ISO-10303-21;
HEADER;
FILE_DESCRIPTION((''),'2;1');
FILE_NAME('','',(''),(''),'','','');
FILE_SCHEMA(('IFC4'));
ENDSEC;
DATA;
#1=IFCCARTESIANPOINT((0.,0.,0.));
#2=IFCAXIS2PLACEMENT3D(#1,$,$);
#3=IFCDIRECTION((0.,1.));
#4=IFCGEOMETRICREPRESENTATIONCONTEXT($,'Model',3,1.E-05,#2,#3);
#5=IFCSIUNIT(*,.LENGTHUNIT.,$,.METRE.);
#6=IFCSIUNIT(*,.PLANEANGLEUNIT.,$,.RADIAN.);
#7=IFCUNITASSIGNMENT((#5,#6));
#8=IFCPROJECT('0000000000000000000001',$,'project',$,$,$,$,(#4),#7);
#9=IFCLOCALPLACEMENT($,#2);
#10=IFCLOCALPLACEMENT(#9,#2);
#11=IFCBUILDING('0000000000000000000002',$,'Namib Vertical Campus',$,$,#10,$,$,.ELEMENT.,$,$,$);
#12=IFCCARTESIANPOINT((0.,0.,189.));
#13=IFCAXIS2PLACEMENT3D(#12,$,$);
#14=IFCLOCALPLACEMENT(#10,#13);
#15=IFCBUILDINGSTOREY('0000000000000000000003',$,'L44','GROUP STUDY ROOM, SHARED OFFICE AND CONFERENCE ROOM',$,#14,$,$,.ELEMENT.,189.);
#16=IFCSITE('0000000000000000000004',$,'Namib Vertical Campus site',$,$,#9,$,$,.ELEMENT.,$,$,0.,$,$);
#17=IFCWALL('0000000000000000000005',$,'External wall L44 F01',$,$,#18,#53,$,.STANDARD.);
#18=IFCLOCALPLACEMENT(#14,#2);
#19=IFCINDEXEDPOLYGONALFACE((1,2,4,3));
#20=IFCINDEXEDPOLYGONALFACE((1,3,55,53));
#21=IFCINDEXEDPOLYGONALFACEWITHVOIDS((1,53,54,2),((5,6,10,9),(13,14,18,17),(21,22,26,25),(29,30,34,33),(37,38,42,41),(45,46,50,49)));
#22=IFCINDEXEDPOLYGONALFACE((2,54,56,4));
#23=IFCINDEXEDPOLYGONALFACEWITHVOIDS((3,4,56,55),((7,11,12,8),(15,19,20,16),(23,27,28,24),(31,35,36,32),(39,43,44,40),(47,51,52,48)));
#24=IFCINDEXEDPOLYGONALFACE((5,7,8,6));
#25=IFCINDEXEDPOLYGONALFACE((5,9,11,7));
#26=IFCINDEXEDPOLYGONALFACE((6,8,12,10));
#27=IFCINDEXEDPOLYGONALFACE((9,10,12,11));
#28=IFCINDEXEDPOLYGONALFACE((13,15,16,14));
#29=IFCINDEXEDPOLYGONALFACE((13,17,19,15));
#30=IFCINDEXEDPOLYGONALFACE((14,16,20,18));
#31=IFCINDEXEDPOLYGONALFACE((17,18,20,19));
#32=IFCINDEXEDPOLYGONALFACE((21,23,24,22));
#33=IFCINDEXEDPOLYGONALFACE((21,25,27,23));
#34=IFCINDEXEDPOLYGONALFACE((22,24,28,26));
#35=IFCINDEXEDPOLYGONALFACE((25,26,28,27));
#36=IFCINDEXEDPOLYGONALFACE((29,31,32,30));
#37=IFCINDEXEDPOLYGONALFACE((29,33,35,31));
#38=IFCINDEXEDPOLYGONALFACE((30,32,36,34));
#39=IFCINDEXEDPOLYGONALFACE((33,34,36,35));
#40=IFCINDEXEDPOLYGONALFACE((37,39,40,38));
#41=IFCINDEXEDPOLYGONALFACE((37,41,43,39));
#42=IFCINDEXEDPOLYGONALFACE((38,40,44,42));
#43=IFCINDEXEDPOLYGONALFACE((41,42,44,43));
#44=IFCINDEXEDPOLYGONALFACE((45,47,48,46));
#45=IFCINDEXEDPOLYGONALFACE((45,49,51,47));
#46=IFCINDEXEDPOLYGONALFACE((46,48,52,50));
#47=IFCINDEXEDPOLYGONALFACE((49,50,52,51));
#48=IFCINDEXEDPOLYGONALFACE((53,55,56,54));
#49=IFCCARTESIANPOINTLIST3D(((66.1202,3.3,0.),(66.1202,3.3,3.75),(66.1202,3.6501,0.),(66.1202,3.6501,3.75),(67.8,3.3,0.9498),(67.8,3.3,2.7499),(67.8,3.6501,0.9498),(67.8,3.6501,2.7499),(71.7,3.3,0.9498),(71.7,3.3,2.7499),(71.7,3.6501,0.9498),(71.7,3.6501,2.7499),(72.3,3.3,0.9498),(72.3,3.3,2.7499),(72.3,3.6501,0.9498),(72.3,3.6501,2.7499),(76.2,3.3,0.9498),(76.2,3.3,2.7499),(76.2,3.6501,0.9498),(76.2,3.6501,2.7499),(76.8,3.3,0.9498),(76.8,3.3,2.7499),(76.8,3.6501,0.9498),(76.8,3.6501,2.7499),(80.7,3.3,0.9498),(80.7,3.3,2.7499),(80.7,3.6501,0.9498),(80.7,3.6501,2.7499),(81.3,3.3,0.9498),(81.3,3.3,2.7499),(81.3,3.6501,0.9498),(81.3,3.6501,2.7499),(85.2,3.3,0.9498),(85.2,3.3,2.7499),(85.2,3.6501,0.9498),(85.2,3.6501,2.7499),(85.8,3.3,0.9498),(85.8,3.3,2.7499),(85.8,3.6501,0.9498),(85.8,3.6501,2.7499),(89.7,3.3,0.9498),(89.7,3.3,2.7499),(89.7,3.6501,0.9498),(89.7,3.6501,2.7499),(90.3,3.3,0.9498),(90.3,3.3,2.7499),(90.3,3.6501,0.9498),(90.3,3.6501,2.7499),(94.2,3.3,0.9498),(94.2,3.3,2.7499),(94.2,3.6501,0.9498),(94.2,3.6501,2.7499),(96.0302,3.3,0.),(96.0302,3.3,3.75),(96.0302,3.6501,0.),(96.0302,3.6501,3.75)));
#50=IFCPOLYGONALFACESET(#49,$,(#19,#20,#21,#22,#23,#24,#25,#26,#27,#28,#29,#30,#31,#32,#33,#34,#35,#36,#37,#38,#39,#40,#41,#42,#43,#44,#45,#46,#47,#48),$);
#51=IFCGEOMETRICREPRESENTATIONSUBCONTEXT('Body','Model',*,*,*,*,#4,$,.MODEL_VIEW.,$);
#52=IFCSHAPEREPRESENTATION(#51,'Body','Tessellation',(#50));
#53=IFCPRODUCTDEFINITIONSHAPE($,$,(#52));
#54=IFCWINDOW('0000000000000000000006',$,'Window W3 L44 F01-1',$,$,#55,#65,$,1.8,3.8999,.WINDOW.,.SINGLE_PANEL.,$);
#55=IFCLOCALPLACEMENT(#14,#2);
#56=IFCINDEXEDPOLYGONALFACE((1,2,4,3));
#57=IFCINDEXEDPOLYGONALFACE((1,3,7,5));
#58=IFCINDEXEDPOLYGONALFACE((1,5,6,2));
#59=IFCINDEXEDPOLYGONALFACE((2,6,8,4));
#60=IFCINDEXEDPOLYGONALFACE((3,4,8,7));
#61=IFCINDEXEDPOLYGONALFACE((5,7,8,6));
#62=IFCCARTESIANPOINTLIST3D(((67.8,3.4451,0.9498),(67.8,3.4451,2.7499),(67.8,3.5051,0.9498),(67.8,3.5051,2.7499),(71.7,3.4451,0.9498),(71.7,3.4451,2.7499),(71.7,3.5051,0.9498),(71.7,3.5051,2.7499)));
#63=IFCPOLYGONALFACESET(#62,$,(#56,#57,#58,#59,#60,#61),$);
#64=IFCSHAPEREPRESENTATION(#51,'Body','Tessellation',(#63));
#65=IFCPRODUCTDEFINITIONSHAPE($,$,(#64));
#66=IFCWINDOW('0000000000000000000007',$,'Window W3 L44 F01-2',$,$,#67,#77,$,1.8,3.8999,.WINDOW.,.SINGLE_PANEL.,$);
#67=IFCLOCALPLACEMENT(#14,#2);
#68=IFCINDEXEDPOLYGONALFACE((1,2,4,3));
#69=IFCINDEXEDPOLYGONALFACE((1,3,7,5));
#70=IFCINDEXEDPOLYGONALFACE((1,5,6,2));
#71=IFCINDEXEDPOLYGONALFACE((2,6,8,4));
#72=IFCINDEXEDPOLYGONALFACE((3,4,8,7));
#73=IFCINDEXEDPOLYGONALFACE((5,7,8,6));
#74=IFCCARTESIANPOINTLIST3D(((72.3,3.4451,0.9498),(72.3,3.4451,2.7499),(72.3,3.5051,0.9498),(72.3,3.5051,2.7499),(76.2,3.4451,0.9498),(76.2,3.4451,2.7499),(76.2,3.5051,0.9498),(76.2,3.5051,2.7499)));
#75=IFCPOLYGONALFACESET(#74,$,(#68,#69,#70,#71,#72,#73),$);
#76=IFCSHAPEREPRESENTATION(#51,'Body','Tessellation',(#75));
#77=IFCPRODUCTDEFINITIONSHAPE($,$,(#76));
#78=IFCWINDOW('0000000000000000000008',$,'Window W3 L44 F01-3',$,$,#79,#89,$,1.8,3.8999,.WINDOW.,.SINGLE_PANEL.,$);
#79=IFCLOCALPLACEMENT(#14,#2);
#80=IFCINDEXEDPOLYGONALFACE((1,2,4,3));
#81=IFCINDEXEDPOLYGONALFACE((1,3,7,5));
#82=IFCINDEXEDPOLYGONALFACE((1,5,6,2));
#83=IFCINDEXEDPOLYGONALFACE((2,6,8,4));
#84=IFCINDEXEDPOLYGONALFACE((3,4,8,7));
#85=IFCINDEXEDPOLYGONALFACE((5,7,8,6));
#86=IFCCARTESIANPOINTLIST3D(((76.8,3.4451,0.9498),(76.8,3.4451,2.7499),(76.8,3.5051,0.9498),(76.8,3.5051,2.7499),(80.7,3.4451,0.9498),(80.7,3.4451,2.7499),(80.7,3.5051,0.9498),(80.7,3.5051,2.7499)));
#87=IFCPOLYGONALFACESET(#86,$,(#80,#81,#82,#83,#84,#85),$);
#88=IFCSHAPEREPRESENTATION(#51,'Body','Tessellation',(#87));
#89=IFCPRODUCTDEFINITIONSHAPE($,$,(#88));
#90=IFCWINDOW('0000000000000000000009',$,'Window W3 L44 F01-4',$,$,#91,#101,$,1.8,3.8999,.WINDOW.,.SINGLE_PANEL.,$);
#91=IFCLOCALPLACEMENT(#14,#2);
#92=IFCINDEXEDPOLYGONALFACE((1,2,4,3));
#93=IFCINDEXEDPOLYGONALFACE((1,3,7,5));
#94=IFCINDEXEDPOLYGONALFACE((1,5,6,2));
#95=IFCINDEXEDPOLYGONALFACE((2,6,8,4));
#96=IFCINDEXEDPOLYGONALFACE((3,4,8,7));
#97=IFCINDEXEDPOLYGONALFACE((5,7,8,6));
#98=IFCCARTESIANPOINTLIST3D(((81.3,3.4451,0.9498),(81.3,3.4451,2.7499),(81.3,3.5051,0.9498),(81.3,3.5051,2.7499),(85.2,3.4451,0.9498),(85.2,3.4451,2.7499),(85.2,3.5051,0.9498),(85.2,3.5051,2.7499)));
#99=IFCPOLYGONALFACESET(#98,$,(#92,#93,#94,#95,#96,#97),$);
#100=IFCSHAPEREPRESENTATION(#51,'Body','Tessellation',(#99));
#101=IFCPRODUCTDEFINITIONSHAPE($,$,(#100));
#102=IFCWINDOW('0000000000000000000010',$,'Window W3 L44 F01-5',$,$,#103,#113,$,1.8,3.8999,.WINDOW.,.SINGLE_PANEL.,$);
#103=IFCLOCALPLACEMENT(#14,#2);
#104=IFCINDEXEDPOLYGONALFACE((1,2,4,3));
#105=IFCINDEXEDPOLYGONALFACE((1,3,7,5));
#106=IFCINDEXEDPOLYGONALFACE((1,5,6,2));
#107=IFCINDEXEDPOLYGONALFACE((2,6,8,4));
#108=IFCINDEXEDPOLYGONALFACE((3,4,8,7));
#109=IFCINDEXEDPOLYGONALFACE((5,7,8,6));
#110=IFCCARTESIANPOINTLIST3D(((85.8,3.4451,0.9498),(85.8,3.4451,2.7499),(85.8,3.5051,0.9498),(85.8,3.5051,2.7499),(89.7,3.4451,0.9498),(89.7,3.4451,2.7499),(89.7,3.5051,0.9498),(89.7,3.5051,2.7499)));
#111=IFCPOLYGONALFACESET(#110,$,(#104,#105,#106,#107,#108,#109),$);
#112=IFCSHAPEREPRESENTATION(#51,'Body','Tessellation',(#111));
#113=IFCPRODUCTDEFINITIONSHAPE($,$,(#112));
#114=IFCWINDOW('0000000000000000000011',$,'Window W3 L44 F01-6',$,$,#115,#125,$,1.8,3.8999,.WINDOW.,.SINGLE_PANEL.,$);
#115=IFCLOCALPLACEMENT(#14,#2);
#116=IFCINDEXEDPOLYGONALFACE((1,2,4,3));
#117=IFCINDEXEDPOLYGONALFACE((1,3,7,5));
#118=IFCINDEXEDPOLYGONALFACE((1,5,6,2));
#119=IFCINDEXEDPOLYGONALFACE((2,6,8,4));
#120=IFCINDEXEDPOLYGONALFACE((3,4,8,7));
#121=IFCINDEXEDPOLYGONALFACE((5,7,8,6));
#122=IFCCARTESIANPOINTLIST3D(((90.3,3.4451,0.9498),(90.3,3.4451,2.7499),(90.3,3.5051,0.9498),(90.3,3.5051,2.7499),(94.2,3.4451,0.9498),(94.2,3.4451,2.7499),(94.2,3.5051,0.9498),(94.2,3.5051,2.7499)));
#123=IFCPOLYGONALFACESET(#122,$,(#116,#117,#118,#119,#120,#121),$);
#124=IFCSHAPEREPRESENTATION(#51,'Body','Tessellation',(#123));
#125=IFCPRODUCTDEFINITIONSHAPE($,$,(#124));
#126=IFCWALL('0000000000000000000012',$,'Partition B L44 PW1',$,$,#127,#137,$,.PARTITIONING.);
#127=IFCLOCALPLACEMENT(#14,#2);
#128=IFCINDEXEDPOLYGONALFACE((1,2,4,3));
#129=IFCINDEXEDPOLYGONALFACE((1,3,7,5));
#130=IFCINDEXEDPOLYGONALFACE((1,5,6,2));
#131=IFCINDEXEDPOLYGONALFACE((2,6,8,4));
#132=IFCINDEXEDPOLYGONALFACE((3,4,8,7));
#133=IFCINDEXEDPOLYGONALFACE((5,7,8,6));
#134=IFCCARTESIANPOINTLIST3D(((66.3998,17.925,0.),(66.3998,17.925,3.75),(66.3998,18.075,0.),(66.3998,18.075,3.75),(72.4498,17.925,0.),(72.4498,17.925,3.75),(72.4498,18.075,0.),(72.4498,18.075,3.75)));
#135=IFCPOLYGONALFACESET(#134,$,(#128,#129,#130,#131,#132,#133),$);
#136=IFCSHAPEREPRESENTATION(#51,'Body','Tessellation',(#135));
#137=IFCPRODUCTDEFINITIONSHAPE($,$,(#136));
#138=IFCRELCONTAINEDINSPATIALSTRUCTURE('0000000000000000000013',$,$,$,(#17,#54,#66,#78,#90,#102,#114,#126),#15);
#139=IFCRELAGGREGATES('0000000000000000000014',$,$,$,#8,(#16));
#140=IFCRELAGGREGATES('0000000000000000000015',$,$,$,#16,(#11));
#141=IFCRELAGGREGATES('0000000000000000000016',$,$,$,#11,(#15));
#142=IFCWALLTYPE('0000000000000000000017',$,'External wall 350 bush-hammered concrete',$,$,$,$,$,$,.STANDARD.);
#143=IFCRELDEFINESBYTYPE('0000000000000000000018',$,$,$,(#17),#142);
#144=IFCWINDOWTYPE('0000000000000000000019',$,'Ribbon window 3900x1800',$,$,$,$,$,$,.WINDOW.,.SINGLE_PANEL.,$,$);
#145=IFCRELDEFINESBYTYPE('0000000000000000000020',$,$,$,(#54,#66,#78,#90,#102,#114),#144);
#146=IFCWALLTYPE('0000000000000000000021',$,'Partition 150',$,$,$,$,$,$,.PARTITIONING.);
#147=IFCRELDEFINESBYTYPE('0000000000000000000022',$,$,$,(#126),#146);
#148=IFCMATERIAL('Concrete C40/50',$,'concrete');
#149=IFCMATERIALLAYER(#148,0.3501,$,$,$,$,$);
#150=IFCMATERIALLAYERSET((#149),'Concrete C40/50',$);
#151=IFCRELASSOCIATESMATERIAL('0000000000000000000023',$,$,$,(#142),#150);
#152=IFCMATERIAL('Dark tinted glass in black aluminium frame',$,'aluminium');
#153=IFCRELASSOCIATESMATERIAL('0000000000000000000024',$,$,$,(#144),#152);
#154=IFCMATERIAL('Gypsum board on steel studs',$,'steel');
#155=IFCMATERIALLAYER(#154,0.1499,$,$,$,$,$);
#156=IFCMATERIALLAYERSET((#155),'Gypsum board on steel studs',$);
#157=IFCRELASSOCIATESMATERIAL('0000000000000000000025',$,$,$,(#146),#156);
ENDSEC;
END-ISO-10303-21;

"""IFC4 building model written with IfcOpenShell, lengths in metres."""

from ifc_helpers import new_model, si_unit, direction, frame, frame_2d, origin, place, context, subcontext, project, spatial, rectangle, extrude, material, layer, layer_set, type_object, element, fill, save


model = new_model("IFC4")

# Units and contexts
model_context = context("Model", 3, precision=1e-05, world=origin(), true_north=direction((0.0, 1.0)))
body_context = subcontext(model_context, "Body", "Model", "MODEL_VIEW")
ifc_project = project(units=[si_unit("LENGTHUNIT", "METRE"), si_unit("PLANEANGLEUNIT", "RADIAN")], contexts=[model_context])

# Site, building, storey
site_placement = place(None, origin())
site = spatial("IfcSite", under=ifc_project, at=site_placement, Name="Namib Vertical Campus site", CompositionType="ELEMENT", RefElevation=0.0)
building_placement = place(site_placement, origin())
building = spatial("IfcBuilding", under=site, at=building_placement, Name="Namib Vertical Campus", CompositionType="ELEMENT")
storey_placement = place(building_placement, frame((0.0, 0.0, 189.0)))
storey = spatial("IfcBuildingStorey", under=building, at=storey_placement, Name="L44", Description="GROUP STUDY ROOM, SHARED OFFICE AND CONFERENCE ROOM", CompositionType="ELEMENT", Elevation=189.0)

# Wall, openings, windows
ifc_material_1 = material(Name="Concrete C40/50", Category="concrete")
ifc_layer_1 = layer(ifc_material_1, 0.3501)
ifc_layer_set_1 = layer_set([ifc_layer_1], Name="Concrete C40/50")
wall_type_1 = type_object("IfcWallType", Name="External wall 350 bush-hammered concrete", PredefinedType="STANDARD", material=ifc_layer_set_1)
ifc_material_2 = material(Name="Dark tinted glass in black aluminium frame", Category="aluminium")
window_type = type_object("IfcWindowType", Name="Ribbon window 3900x1800", PartitioningType="SINGLE_PANEL", PredefinedType="WINDOW", material=ifc_material_2)
wall_1_placement = place(storey_placement, frame((66.1201, 3.4751, 0.0), z_axis=(0.0, 0.0, 1.0), x_axis=(1.0, 0.0, 0.0)))
wall_1 = element("IfcWall", 1, at=wall_1_placement, inside=storey, type_object=wall_type_1, Name="External wall L44 F01", PredefinedType="STANDARD", context=body_context, shape_type="SweptSolid", body=[
    extrude(rectangle(XDim=29.9099, YDim=0.3501, at=frame_2d((14.9551, 0.0))), origin(), (0.0, 0.0, 1.0), 3.75),
])
opening_1_placement = place(wall_1_placement, frame((1.6799, 0.0, 0.95)))
opening_1 = element("IfcOpeningElement", 2, at=opening_1_placement, cuts=wall_1, PredefinedType="OPENING", context=body_context, shape_type="SweptSolid", body=[
    extrude(rectangle(XDim=3.8999, YDim=1.8, at=frame_2d((1.95, 0.8999))), frame((0.0, 0.1851, 0.0), z_axis=(0.0, -1.0, 0.0), x_axis=(1.0, 0.0, 0.0)), (0.0, 0.0, 1.0), 0.3701),
])
opening_2_placement = place(wall_1_placement, frame((6.1799, 0.0, 0.95)))
opening_2 = element("IfcOpeningElement", 3, at=opening_2_placement, cuts=wall_1, PredefinedType="OPENING", context=body_context, shape_type="SweptSolid", body=[
    extrude(rectangle(XDim=3.8999, YDim=1.8, at=frame_2d((1.95, 0.8999))), frame((0.0, 0.1851, 0.0), z_axis=(0.0, -1.0, 0.0), x_axis=(1.0, 0.0, 0.0)), (0.0, 0.0, 1.0), 0.3701),
])
opening_3_placement = place(wall_1_placement, frame((10.6799, 0.0, 0.95)))
opening_3 = element("IfcOpeningElement", 4, at=opening_3_placement, cuts=wall_1, PredefinedType="OPENING", context=body_context, shape_type="SweptSolid", body=[
    extrude(rectangle(XDim=3.8999, YDim=1.8, at=frame_2d((1.95, 0.8999))), frame((0.0, 0.1851, 0.0), z_axis=(0.0, -1.0, 0.0), x_axis=(1.0, 0.0, 0.0)), (0.0, 0.0, 1.0), 0.3701),
])
opening_4_placement = place(wall_1_placement, frame((15.1799, 0.0, 0.95)))
opening_4 = element("IfcOpeningElement", 5, at=opening_4_placement, cuts=wall_1, PredefinedType="OPENING", context=body_context, shape_type="SweptSolid", body=[
    extrude(rectangle(XDim=3.8999, YDim=1.8, at=frame_2d((1.95, 0.8999))), frame((0.0, 0.1851, 0.0), z_axis=(0.0, -1.0, 0.0), x_axis=(1.0, 0.0, 0.0)), (0.0, 0.0, 1.0), 0.3701),
])
opening_5_placement = place(wall_1_placement, frame((19.6799, 0.0, 0.95)))
opening_5 = element("IfcOpeningElement", 6, at=opening_5_placement, cuts=wall_1, PredefinedType="OPENING", context=body_context, shape_type="SweptSolid", body=[
    extrude(rectangle(XDim=3.8999, YDim=1.8, at=frame_2d((1.95, 0.8999))), frame((0.0, 0.1851, 0.0), z_axis=(0.0, -1.0, 0.0), x_axis=(1.0, 0.0, 0.0)), (0.0, 0.0, 1.0), 0.3701),
])
opening_6_placement = place(wall_1_placement, frame((24.1799, 0.0, 0.95)))
opening_6 = element("IfcOpeningElement", 7, at=opening_6_placement, cuts=wall_1, PredefinedType="OPENING", context=body_context, shape_type="SweptSolid", body=[
    extrude(rectangle(XDim=3.8999, YDim=1.8, at=frame_2d((1.95, 0.8999))), frame((0.0, 0.1851, 0.0), z_axis=(0.0, -1.0, 0.0), x_axis=(1.0, 0.0, 0.0)), (0.0, 0.0, 1.0), 0.3701),
])
window_1_placement = place(opening_1_placement, origin())
window_1 = element("IfcWindow", 8, at=window_1_placement, inside=storey, type_object=window_type, Name="Window W3 L44 F01-1", OverallHeight=1.8, OverallWidth=3.8999, PartitioningType="SINGLE_PANEL", PredefinedType="WINDOW", context=body_context, shape_type="SweptSolid", body=[
    extrude(rectangle(XDim=3.8999, YDim=1.8, at=frame_2d((1.95, 0.8999))), frame((0.0, 0.03, 0.0), z_axis=(0.0, -1.0, 0.0), x_axis=(1.0, 0.0, 0.0)), (0.0, 0.0, 1.0), 0.0601),
])
fill(opening_1, window_1)
window_2_placement = place(opening_2_placement, origin())
window_2 = element("IfcWindow", 9, at=window_2_placement, inside=storey, type_object=window_type, Name="Window W3 L44 F01-2", OverallHeight=1.8, OverallWidth=3.8999, PartitioningType="SINGLE_PANEL", PredefinedType="WINDOW", context=body_context, shape_type="SweptSolid", body=[
    extrude(rectangle(XDim=3.8999, YDim=1.8, at=frame_2d((1.95, 0.8999))), frame((0.0, 0.03, 0.0), z_axis=(0.0, -1.0, 0.0), x_axis=(1.0, 0.0, 0.0)), (0.0, 0.0, 1.0), 0.0601),
])
fill(opening_2, window_2)
window_3_placement = place(opening_3_placement, origin())
window_3 = element("IfcWindow", 10, at=window_3_placement, inside=storey, type_object=window_type, Name="Window W3 L44 F01-3", OverallHeight=1.8, OverallWidth=3.8999, PartitioningType="SINGLE_PANEL", PredefinedType="WINDOW", context=body_context, shape_type="SweptSolid", body=[
    extrude(rectangle(XDim=3.8999, YDim=1.8, at=frame_2d((1.95, 0.8999))), frame((0.0, 0.03, 0.0), z_axis=(0.0, -1.0, 0.0), x_axis=(1.0, 0.0, 0.0)), (0.0, 0.0, 1.0), 0.0601),
])
fill(opening_3, window_3)
window_4_placement = place(opening_4_placement, origin())
window_4 = element("IfcWindow", 11, at=window_4_placement, inside=storey, type_object=window_type, Name="Window W3 L44 F01-4", OverallHeight=1.8, OverallWidth=3.8999, PartitioningType="SINGLE_PANEL", PredefinedType="WINDOW", context=body_context, shape_type="SweptSolid", body=[
    extrude(rectangle(XDim=3.8999, YDim=1.8, at=frame_2d((1.95, 0.8999))), frame((0.0, 0.03, 0.0), z_axis=(0.0, -1.0, 0.0), x_axis=(1.0, 0.0, 0.0)), (0.0, 0.0, 1.0), 0.0601),
])
fill(opening_4, window_4)
window_5_placement = place(opening_5_placement, origin())
window_5 = element("IfcWindow", 12, at=window_5_placement, inside=storey, type_object=window_type, Name="Window W3 L44 F01-5", OverallHeight=1.8, OverallWidth=3.8999, PartitioningType="SINGLE_PANEL", PredefinedType="WINDOW", context=body_context, shape_type="SweptSolid", body=[
    extrude(rectangle(XDim=3.8999, YDim=1.8, at=frame_2d((1.95, 0.8999))), frame((0.0, 0.03, 0.0), z_axis=(0.0, -1.0, 0.0), x_axis=(1.0, 0.0, 0.0)), (0.0, 0.0, 1.0), 0.0601),
])
fill(opening_5, window_5)
window_6_placement = place(opening_6_placement, origin())
window_6 = element("IfcWindow", 13, at=window_6_placement, inside=storey, type_object=window_type, Name="Window W3 L44 F01-6", OverallHeight=1.8, OverallWidth=3.8999, PartitioningType="SINGLE_PANEL", PredefinedType="WINDOW", context=body_context, shape_type="SweptSolid", body=[
    extrude(rectangle(XDim=3.8999, YDim=1.8, at=frame_2d((1.95, 0.8999))), frame((0.0, 0.03, 0.0), z_axis=(0.0, -1.0, 0.0), x_axis=(1.0, 0.0, 0.0)), (0.0, 0.0, 1.0), 0.0601),
])
fill(opening_6, window_6)

# Wall
ifc_material_3 = material(Name="Gypsum board on steel studs", Category="steel")
ifc_layer_2 = layer(ifc_material_3, 0.1499)
ifc_layer_set_2 = layer_set([ifc_layer_2], Name="Gypsum board on steel studs")
wall_type_2 = type_object("IfcWallType", Name="Partition 150", PredefinedType="PARTITIONING", material=ifc_layer_set_2)
wall_2_placement = place(storey_placement, frame((66.3999, 18.0, 0.0), z_axis=(0.0, 0.0, 1.0), x_axis=(1.0, 0.0, 0.0)))
element("IfcWall", 14, at=wall_2_placement, inside=storey, type_object=wall_type_2, Name="Partition B L44 PW1", PredefinedType="PARTITIONING", context=body_context, shape_type="SweptSolid", body=[
    extrude(rectangle(XDim=6.05, YDim=0.1499, at=frame_2d((3.0249, 0.0))), origin(), (0.0, 0.0, 1.0), 3.75),
])

save(model, "model.ifc")
